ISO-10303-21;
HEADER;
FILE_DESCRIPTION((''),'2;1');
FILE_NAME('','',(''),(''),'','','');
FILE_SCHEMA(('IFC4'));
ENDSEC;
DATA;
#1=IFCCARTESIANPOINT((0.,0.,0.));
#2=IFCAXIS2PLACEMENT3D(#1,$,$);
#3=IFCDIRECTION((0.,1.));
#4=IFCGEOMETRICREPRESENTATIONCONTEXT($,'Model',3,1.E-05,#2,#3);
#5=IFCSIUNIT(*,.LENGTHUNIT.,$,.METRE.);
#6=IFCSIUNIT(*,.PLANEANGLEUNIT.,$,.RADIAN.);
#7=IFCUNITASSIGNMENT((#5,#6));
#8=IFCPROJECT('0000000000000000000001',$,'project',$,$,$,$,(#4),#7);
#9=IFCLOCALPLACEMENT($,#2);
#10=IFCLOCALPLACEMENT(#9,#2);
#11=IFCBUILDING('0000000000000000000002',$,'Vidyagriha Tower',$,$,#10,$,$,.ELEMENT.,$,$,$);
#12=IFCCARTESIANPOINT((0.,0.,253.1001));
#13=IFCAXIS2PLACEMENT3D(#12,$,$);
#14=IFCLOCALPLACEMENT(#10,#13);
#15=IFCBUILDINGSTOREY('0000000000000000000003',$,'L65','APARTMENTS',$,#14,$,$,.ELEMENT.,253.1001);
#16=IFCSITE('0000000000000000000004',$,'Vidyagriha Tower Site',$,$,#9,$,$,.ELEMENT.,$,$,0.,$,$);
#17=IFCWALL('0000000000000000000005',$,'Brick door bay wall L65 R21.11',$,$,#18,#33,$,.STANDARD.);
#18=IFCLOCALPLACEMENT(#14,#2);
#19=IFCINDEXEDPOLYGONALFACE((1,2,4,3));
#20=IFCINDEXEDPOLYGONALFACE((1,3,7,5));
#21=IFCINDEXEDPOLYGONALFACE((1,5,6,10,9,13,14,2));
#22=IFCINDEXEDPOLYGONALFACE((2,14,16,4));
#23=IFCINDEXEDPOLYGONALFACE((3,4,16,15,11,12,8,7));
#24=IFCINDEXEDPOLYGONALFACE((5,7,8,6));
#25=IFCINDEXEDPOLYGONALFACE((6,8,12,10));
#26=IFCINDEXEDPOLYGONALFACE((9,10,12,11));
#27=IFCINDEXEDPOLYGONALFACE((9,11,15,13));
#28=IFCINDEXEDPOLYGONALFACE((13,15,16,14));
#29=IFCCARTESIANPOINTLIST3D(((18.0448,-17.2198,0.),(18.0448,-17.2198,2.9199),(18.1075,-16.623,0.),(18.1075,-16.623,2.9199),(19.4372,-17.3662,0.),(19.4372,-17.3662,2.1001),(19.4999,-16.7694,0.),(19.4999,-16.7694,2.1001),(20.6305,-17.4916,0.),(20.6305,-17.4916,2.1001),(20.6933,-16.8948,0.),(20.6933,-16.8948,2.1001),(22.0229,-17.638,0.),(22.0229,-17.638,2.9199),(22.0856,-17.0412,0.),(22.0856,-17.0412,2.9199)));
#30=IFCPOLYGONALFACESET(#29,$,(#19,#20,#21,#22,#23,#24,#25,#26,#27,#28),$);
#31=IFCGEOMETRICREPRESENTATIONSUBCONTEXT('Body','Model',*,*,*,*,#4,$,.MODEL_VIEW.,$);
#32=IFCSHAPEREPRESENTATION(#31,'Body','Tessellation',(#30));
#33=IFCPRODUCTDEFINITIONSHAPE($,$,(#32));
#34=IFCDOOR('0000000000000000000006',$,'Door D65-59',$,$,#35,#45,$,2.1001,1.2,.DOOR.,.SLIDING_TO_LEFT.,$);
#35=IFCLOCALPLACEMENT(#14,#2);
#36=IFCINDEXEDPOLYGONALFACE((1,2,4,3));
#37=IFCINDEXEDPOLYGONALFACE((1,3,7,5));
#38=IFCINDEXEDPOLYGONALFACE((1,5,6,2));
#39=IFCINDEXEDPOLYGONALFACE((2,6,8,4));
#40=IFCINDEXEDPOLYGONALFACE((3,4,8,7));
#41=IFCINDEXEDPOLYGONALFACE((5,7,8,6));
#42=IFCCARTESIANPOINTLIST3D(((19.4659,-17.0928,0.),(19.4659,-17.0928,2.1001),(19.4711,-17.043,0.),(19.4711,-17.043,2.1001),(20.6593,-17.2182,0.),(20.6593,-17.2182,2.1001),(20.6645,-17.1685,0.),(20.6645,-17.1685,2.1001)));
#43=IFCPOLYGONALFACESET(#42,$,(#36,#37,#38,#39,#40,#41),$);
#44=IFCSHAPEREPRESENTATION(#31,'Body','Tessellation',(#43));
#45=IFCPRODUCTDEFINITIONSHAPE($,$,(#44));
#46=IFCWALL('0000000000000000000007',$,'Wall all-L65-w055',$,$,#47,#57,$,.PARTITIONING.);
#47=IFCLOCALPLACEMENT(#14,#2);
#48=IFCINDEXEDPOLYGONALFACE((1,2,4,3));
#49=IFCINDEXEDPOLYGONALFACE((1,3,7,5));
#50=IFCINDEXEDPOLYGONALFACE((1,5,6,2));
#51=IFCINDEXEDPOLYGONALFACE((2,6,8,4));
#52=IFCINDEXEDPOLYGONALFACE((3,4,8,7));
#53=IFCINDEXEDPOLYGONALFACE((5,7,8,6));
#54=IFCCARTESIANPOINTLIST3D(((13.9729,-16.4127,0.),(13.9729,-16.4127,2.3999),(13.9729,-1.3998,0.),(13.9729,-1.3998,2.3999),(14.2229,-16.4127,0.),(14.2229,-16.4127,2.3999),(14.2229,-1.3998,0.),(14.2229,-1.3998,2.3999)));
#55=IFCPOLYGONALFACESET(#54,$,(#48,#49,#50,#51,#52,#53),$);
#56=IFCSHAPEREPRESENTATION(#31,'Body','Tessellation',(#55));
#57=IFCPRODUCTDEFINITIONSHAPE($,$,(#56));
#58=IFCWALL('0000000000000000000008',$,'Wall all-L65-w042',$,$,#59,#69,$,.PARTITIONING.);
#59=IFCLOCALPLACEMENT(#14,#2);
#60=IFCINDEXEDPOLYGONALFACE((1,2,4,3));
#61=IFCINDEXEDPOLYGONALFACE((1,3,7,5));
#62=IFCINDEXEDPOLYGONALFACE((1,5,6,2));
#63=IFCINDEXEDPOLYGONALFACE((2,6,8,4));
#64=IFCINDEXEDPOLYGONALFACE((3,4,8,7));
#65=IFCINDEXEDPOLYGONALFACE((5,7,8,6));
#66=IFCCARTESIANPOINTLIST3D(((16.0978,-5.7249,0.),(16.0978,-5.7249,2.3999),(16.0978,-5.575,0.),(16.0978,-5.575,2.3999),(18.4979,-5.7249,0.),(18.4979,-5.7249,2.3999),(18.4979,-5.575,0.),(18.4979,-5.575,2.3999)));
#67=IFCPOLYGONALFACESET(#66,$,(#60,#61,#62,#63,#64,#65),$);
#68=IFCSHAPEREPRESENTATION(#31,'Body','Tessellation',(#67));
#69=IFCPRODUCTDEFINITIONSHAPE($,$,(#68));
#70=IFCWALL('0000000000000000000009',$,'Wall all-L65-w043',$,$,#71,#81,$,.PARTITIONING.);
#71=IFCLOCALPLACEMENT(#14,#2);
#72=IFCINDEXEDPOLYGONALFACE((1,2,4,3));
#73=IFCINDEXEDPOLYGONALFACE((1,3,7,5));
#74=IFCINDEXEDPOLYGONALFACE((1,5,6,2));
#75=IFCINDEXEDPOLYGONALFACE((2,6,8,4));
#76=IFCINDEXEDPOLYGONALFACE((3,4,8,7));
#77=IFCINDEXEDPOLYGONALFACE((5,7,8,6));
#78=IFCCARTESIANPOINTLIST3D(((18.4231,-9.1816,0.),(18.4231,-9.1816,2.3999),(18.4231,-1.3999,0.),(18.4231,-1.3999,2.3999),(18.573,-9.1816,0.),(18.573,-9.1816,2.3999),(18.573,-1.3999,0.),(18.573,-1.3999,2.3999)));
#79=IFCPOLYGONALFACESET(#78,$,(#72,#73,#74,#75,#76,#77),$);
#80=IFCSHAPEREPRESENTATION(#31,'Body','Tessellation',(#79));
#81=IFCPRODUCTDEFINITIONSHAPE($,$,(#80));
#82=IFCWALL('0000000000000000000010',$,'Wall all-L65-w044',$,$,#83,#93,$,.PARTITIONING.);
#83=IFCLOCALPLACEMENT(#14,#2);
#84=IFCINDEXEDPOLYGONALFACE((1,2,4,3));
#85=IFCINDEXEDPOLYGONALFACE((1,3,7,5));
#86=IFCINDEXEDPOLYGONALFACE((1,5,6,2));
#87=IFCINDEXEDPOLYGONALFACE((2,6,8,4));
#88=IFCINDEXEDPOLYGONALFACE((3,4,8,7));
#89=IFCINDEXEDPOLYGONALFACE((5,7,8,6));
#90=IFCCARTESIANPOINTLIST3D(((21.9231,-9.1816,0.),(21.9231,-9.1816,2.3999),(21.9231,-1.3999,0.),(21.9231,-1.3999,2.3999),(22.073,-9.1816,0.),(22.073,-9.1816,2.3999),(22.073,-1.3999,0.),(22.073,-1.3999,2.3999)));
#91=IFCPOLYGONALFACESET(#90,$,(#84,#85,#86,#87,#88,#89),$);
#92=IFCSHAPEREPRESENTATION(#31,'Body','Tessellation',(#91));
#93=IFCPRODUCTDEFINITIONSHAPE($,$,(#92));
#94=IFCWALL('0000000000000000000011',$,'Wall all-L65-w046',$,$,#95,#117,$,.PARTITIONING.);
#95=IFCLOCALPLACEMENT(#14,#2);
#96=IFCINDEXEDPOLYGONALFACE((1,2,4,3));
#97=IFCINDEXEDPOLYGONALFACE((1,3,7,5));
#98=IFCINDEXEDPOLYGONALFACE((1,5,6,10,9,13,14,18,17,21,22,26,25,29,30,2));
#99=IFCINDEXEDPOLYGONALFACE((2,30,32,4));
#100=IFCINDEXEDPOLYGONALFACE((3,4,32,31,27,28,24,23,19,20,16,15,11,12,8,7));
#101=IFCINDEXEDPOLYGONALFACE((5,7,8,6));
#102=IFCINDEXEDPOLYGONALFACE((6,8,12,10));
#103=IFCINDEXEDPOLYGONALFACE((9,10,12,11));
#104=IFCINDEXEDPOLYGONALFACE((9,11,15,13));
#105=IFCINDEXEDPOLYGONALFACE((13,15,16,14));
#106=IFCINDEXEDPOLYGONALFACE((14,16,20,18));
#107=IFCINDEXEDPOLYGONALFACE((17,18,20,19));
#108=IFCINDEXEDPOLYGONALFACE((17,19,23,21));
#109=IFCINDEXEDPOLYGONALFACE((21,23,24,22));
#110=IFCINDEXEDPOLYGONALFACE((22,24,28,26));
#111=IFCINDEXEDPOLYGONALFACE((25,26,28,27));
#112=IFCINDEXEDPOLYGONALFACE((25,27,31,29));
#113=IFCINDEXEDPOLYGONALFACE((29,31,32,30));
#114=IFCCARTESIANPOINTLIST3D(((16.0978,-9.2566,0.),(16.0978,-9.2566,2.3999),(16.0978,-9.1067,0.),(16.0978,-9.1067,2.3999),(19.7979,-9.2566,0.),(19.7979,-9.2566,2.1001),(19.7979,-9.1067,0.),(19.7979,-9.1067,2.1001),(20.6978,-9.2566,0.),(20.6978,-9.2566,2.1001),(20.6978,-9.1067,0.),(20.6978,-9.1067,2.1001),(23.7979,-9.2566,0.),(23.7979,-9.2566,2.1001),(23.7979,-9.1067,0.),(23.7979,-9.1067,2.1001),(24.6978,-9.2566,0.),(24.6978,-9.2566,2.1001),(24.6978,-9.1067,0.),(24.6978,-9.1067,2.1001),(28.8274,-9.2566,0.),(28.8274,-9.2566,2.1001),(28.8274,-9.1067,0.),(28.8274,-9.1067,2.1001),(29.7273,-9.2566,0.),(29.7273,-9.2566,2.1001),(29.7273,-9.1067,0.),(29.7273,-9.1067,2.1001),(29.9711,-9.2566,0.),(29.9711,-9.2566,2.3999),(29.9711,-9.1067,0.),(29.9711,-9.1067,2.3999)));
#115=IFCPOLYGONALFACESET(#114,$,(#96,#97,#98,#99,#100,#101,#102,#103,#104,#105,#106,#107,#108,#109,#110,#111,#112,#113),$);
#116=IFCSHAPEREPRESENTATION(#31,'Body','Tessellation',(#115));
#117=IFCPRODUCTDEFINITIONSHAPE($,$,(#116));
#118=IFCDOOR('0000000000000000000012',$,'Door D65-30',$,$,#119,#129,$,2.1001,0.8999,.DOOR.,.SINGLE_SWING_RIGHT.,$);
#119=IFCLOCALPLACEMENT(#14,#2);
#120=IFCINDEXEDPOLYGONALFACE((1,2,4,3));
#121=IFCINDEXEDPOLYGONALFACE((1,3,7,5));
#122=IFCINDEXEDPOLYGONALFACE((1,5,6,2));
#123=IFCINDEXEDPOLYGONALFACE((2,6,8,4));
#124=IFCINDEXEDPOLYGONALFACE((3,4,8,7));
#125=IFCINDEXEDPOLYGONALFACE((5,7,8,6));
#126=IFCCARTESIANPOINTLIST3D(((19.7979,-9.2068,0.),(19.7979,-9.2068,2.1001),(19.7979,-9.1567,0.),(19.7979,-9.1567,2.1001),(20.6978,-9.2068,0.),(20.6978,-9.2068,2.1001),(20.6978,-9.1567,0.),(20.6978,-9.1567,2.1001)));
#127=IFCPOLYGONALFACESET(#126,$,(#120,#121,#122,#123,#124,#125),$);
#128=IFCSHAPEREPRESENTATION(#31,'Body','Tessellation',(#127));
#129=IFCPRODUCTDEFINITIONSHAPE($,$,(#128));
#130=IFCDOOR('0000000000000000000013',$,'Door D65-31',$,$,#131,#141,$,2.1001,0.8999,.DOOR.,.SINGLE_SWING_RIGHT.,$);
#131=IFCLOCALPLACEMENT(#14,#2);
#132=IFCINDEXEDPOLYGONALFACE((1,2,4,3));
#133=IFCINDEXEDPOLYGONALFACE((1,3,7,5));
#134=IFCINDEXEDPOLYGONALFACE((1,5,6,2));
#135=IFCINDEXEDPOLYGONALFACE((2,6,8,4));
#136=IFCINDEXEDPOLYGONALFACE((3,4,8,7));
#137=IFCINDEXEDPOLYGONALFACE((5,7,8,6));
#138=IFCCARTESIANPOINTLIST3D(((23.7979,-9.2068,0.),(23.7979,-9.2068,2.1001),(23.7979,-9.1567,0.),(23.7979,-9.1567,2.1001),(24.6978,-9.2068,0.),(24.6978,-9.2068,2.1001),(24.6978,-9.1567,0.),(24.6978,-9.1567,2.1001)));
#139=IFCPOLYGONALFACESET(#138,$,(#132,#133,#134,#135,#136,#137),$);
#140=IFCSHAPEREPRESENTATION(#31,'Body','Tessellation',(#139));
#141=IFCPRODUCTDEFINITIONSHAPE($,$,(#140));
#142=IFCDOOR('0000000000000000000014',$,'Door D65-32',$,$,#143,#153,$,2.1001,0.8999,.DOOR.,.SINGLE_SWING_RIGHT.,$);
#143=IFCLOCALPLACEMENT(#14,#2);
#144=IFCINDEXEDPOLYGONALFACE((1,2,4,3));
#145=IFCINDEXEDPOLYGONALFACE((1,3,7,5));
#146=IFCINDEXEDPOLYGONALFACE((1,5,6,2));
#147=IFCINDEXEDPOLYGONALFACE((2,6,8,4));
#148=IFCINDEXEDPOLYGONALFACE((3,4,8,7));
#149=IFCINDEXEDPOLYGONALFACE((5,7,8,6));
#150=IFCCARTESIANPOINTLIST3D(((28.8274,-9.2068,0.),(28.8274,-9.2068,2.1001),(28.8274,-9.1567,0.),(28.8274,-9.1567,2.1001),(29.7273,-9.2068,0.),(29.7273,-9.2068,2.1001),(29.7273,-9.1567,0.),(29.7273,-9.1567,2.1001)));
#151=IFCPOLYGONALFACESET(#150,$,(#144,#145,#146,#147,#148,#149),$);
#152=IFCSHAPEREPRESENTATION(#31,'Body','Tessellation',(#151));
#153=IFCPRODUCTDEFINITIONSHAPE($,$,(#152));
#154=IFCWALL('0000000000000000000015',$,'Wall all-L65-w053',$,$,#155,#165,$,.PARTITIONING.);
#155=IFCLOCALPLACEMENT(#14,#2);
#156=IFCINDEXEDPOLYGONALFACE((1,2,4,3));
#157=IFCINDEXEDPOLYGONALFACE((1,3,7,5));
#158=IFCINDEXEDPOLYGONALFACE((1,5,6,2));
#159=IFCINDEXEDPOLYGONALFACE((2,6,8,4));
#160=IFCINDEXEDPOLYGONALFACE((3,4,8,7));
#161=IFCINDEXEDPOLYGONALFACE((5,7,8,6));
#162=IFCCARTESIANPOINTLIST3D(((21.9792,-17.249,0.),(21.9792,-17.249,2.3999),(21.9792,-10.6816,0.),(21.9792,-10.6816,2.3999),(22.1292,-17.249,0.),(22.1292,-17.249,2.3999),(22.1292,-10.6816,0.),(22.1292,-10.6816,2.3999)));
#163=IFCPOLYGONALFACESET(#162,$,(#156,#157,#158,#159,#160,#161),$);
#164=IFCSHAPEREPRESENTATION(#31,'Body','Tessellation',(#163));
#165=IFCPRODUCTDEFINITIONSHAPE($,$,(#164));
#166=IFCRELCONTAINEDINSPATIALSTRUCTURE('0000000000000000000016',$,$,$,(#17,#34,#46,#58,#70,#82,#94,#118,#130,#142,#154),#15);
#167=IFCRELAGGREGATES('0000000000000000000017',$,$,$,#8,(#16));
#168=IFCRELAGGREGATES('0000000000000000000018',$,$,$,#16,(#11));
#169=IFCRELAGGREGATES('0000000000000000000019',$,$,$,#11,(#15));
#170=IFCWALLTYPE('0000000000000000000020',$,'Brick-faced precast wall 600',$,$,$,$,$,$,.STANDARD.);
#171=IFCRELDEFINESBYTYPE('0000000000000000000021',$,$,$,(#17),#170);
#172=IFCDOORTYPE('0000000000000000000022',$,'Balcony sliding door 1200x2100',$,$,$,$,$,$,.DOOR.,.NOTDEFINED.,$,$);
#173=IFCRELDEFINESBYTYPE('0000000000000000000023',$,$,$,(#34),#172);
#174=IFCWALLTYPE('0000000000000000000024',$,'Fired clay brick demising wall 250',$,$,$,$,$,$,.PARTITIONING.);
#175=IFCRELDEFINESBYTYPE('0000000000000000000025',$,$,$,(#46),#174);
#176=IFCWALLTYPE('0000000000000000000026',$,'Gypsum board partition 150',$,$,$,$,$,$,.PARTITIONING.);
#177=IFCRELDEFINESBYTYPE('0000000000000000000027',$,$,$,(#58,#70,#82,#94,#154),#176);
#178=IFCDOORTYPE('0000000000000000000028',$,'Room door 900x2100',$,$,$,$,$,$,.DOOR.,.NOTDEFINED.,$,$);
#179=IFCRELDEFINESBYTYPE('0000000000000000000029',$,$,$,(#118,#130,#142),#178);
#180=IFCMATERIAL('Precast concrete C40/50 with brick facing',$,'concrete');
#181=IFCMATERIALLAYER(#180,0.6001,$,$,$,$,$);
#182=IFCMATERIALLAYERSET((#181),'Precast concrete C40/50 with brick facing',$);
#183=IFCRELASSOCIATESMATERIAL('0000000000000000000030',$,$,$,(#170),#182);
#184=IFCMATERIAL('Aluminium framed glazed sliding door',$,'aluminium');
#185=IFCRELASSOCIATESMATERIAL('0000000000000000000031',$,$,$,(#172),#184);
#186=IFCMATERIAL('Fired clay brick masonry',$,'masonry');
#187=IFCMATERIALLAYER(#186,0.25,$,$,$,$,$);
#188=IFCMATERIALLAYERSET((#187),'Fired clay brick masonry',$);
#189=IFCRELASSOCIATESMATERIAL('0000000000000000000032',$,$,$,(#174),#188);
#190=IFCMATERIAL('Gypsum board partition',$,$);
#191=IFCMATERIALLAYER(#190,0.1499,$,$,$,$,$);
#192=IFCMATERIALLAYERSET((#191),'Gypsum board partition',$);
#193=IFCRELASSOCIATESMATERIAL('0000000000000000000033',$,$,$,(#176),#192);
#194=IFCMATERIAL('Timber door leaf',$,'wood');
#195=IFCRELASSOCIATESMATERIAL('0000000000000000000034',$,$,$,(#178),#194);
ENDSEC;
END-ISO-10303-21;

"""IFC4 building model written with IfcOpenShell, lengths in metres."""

from ifc_helpers import new_model, si_unit, direction, frame, frame_2d, origin, place, context, subcontext, project, spatial, rectangle, extrude, material, layer, layer_set, type_object, element, fill, save


model = new_model("IFC4")

# Units and contexts
model_context = context("Model", 3, precision=1e-05, world=origin(), true_north=direction((0.0, 1.0)))
body_context = subcontext(model_context, "Body", "Model", "MODEL_VIEW")
ifc_project = project(units=[si_unit("LENGTHUNIT", "METRE"), si_unit("PLANEANGLEUNIT", "RADIAN")], contexts=[model_context])

# Site, building, storey
site_placement = place(None, origin())
site = spatial("IfcSite", under=ifc_project, at=site_placement, Name="Vidyagriha Tower Site", CompositionType="ELEMENT", RefElevation=0.0)
building_placement = place(site_placement, origin())
building = spatial("IfcBuilding", under=site, at=building_placement, Name="Vidyagriha Tower", CompositionType="ELEMENT")
storey_placement = place(building_placement, frame((0.0, 0.0, 253.1001)))
storey = spatial("IfcBuildingStorey", under=building, at=storey_placement, Name="L65", Description="APARTMENTS", CompositionType="ELEMENT", Elevation=253.1001)

# Wall, opening, door
ifc_material_1 = material(Name="Precast concrete C40/50 with brick facing", Category="concrete")
ifc_layer_1 = layer(ifc_material_1, 0.6001)
ifc_layer_set_1 = layer_set([ifc_layer_1], Name="Precast concrete C40/50 with brick facing")
wall_type_1 = type_object("IfcWallType", Name="Brick-faced precast wall 600", PredefinedType="STANDARD", material=ifc_layer_set_1)
wall_1_placement = place(storey_placement, frame((18.0762, -16.9214, 0.0), z_axis=(0.0, 0.0, 1.0), x_axis=(0.994519, -0.104555, 0.0)))
wall_1 = element("IfcWall", 1, at=wall_1_placement, inside=storey, type_object=wall_type_1, Name="Brick door bay wall L65 R21.11", PredefinedType="STANDARD", context=body_context, shape_type="SweptSolid", body=[
    extrude(rectangle(XDim=4.0, YDim=0.6001, at=frame_2d((2.0, 0.0))), origin(), (0.0, 0.0, 1.0), 2.9199),
])
opening_1_placement = place(wall_1_placement, frame((1.3999, 0.0, 0.0)))
opening_1 = element("IfcOpeningElement", 2, at=opening_1_placement, cuts=wall_1, PredefinedType="OPENING", context=body_context, shape_type="SweptSolid", body=[
    extrude(rectangle(XDim=1.2, YDim=2.1001, at=frame_2d((0.6001, 1.05))), frame((0.0, 0.3101, 0.0), z_axis=(0.0, -1.0, 0.0), x_axis=(1.0, 0.0, 0.0)), (0.0, 0.0, 1.0), 0.6201),
])
ifc_material_2 = material(Name="Aluminium framed glazed sliding door", Category="aluminium")
door_type_1 = type_object("IfcDoorType", Name="Balcony sliding door 1200x2100", OperationType="NOTDEFINED", PredefinedType="DOOR", material=ifc_material_2)
door_1_placement = place(opening_1_placement, origin())
door_1 = element("IfcDoor", 3, at=door_1_placement, inside=storey, type_object=door_type_1, Name="Door D65-59", OperationType="SLIDING_TO_LEFT", OverallHeight=2.1001, OverallWidth=1.2, PredefinedType="DOOR", context=body_context, shape_type="SweptSolid", body=[
    extrude(rectangle(XDim=1.2, YDim=2.1001, at=frame_2d((0.6001, 1.05))), frame((0.0, 0.0249, 0.0), z_axis=(0.0, -1.0, 0.0), x_axis=(1.0, 0.0, 0.0)), (0.0, 0.0, 1.0), 0.05),
])
fill(opening_1, door_1)

# Walls
ifc_material_3 = material(Name="Fired clay brick masonry", Category="masonry")
ifc_layer_2 = layer(ifc_material_3, 0.25)
ifc_layer_set_2 = layer_set([ifc_layer_2], Name="Fired clay brick masonry")
wall_type_2 = type_object("IfcWallType", Name="Fired clay brick demising wall 250", PredefinedType="PARTITIONING", material=ifc_layer_set_2)
wall_2_placement = place(storey_placement, frame((14.0979, -1.3999, 0.0), z_axis=(0.0, 0.0, 1.0), x_axis=(0.0, -1.0, 0.0)))
element("IfcWall", 4, at=wall_2_placement, inside=storey, type_object=wall_type_2, Name="Wall all-L65-w055", PredefinedType="PARTITIONING", context=body_context, shape_type="SweptSolid", body=[
    extrude(rectangle(XDim=15.0129, YDim=0.25, at=frame_2d((7.5063, 0.0))), origin(), (0.0, 0.0, 1.0), 2.3999),
])
ifc_material_4 = material(Name="Gypsum board partition")
ifc_layer_3 = layer(ifc_material_4, 0.1499)
ifc_layer_set_3 = layer_set([ifc_layer_3], Name="Gypsum board partition")
wall_type_3 = type_object("IfcWallType", Name="Gypsum board partition 150", PredefinedType="PARTITIONING", material=ifc_layer_set_3)
wall_3_placement = place(storey_placement, frame((18.498, -5.6499, 0.0), z_axis=(0.0, 0.0, 1.0), x_axis=(-1.0, 0.0, 0.0)))
element("IfcWall", 5, at=wall_3_placement, inside=storey, type_object=wall_type_3, Name="Wall all-L65-w042", PredefinedType="PARTITIONING", context=body_context, shape_type="SweptSolid", body=[
    extrude(rectangle(XDim=2.4001, YDim=0.1499, at=frame_2d((1.2002, 0.0))), origin(), (0.0, 0.0, 1.0), 2.3999),
])
for number, where, z_axis, x_axis, name in (
    (6, (18.498, -1.3999, 0.0), (0.0, 0.0, 1.0), (0.0, -1.0, 0.0), "Wall all-L65-w043"),
    (7, (21.998, -1.3999, 0.0), (0.0, 0.0, 1.0), (0.0, -1.0, 0.0), "Wall all-L65-w044"),
):
    element("IfcWall", number, at=place(storey_placement, frame(where, z_axis=z_axis, x_axis=x_axis)), inside=storey, type_object=wall_type_3, Name=name, PredefinedType="PARTITIONING", context=body_context, shape_type="SweptSolid", body=[
        extrude(rectangle(XDim=7.7817, YDim=0.1499, at=frame_2d((3.8909, 0.0))), origin(), (0.0, 0.0, 1.0), 2.3999),
    ])

# Wall, openings, doors
wall_4_placement = place(storey_placement, frame((16.0979, -9.1816, 0.0)))
wall_4 = element("IfcWall", 8, at=wall_4_placement, inside=storey, type_object=wall_type_3, Name="Wall all-L65-w046", PredefinedType="PARTITIONING", context=body_context, shape_type="SweptSolid", body=[
    extrude(rectangle(XDim=13.8733, YDim=0.1499, at=frame_2d((6.9365, 0.0))), origin(), (0.0, 0.0, 1.0), 2.3999),
])
opening_2_placement = place(wall_4_placement, frame((3.7, 0.0, 0.0)))
opening_2 = element("IfcOpeningElement", 9, at=opening_2_placement, cuts=wall_4, PredefinedType="OPENING", context=body_context, shape_type="SweptSolid", body=[
    extrude(rectangle(XDim=0.8999, YDim=2.1001, at=frame_2d((0.45, 1.05))), frame((0.0, 0.085, 0.0), z_axis=(0.0, -1.0, 0.0), x_axis=(1.0, 0.0, 0.0)), (0.0, 0.0, 1.0), 0.1699),
])
opening_3_placement = place(wall_4_placement, frame((7.7, 0.0, 0.0)))
opening_3 = element("IfcOpeningElement", 10, at=opening_3_placement, cuts=wall_4, PredefinedType="OPENING", context=body_context, shape_type="SweptSolid", body=[
    extrude(rectangle(XDim=0.8999, YDim=2.1001, at=frame_2d((0.45, 1.05))), frame((0.0, 0.085, 0.0), z_axis=(0.0, -1.0, 0.0), x_axis=(1.0, 0.0, 0.0)), (0.0, 0.0, 1.0), 0.1699),
])
opening_4_placement = place(wall_4_placement, frame((12.7295, 0.0, 0.0)))
opening_4 = element("IfcOpeningElement", 11, at=opening_4_placement, cuts=wall_4, PredefinedType="OPENING", context=body_context, shape_type="SweptSolid", body=[
    extrude(rectangle(XDim=0.8999, YDim=2.1001, at=frame_2d((0.45, 1.05))), frame((0.0, 0.085, 0.0), z_axis=(0.0, -1.0, 0.0), x_axis=(1.0, 0.0, 0.0)), (0.0, 0.0, 1.0), 0.1699),
])
ifc_material_5 = material(Name="Timber door leaf", Category="wood")
door_type_2 = type_object("IfcDoorType", Name="Room door 900x2100", OperationType="NOTDEFINED", PredefinedType="DOOR", material=ifc_material_5)
door_2_placement = place(opening_2_placement, origin())
door_2 = element("IfcDoor", 12, at=door_2_placement, inside=storey, type_object=door_type_2, Name="Door D65-30", OperationType="SINGLE_SWING_RIGHT", OverallHeight=2.1001, OverallWidth=0.8999, PredefinedType="DOOR", context=body_context, shape_type="SweptSolid", body=[
    extrude(rectangle(XDim=0.8999, YDim=2.1001, at=frame_2d((0.45, 1.05))), frame((0.0, 0.0249, 0.0), z_axis=(0.0, -1.0, 0.0), x_axis=(1.0, 0.0, 0.0)), (0.0, 0.0, 1.0), 0.05),
])
fill(opening_2, door_2)
door_3_placement = place(opening_3_placement, origin())
door_3 = element("IfcDoor", 13, at=door_3_placement, inside=storey, type_object=door_type_2, Name="Door D65-31", OperationType="SINGLE_SWING_RIGHT", OverallHeight=2.1001, OverallWidth=0.8999, PredefinedType="DOOR", context=body_context, shape_type="SweptSolid", body=[
    extrude(rectangle(XDim=0.8999, YDim=2.1001, at=frame_2d((0.45, 1.05))), frame((0.0, 0.0249, 0.0), z_axis=(0.0, -1.0, 0.0), x_axis=(1.0, 0.0, 0.0)), (0.0, 0.0, 1.0), 0.05),
])
fill(opening_3, door_3)
door_4_placement = place(opening_4_placement, origin())
door_4 = element("IfcDoor", 14, at=door_4_placement, inside=storey, type_object=door_type_2, Name="Door D65-32", OperationType="SINGLE_SWING_RIGHT", OverallHeight=2.1001, OverallWidth=0.8999, PredefinedType="DOOR", context=body_context, shape_type="SweptSolid", body=[
    extrude(rectangle(XDim=0.8999, YDim=2.1001, at=frame_2d((0.45, 1.05))), frame((0.0, 0.0249, 0.0), z_axis=(0.0, -1.0, 0.0), x_axis=(1.0, 0.0, 0.0)), (0.0, 0.0, 1.0), 0.05),
])
fill(opening_4, door_4)

# Wall
wall_5_placement = place(storey_placement, frame((22.0542, -10.6816, 0.0), z_axis=(0.0, 0.0, 1.0), x_axis=(0.0, -1.0, 0.0)))
element("IfcWall", 15, at=wall_5_placement, inside=storey, type_object=wall_type_3, Name="Wall all-L65-w053", PredefinedType="PARTITIONING", context=body_context, shape_type="SweptSolid", body=[
    extrude(rectangle(XDim=6.5674, YDim=0.1499, at=frame_2d((3.2837, 0.0))), origin(), (0.0, 0.0, 1.0), 2.3999),
])

save(model, "model.ifc")
